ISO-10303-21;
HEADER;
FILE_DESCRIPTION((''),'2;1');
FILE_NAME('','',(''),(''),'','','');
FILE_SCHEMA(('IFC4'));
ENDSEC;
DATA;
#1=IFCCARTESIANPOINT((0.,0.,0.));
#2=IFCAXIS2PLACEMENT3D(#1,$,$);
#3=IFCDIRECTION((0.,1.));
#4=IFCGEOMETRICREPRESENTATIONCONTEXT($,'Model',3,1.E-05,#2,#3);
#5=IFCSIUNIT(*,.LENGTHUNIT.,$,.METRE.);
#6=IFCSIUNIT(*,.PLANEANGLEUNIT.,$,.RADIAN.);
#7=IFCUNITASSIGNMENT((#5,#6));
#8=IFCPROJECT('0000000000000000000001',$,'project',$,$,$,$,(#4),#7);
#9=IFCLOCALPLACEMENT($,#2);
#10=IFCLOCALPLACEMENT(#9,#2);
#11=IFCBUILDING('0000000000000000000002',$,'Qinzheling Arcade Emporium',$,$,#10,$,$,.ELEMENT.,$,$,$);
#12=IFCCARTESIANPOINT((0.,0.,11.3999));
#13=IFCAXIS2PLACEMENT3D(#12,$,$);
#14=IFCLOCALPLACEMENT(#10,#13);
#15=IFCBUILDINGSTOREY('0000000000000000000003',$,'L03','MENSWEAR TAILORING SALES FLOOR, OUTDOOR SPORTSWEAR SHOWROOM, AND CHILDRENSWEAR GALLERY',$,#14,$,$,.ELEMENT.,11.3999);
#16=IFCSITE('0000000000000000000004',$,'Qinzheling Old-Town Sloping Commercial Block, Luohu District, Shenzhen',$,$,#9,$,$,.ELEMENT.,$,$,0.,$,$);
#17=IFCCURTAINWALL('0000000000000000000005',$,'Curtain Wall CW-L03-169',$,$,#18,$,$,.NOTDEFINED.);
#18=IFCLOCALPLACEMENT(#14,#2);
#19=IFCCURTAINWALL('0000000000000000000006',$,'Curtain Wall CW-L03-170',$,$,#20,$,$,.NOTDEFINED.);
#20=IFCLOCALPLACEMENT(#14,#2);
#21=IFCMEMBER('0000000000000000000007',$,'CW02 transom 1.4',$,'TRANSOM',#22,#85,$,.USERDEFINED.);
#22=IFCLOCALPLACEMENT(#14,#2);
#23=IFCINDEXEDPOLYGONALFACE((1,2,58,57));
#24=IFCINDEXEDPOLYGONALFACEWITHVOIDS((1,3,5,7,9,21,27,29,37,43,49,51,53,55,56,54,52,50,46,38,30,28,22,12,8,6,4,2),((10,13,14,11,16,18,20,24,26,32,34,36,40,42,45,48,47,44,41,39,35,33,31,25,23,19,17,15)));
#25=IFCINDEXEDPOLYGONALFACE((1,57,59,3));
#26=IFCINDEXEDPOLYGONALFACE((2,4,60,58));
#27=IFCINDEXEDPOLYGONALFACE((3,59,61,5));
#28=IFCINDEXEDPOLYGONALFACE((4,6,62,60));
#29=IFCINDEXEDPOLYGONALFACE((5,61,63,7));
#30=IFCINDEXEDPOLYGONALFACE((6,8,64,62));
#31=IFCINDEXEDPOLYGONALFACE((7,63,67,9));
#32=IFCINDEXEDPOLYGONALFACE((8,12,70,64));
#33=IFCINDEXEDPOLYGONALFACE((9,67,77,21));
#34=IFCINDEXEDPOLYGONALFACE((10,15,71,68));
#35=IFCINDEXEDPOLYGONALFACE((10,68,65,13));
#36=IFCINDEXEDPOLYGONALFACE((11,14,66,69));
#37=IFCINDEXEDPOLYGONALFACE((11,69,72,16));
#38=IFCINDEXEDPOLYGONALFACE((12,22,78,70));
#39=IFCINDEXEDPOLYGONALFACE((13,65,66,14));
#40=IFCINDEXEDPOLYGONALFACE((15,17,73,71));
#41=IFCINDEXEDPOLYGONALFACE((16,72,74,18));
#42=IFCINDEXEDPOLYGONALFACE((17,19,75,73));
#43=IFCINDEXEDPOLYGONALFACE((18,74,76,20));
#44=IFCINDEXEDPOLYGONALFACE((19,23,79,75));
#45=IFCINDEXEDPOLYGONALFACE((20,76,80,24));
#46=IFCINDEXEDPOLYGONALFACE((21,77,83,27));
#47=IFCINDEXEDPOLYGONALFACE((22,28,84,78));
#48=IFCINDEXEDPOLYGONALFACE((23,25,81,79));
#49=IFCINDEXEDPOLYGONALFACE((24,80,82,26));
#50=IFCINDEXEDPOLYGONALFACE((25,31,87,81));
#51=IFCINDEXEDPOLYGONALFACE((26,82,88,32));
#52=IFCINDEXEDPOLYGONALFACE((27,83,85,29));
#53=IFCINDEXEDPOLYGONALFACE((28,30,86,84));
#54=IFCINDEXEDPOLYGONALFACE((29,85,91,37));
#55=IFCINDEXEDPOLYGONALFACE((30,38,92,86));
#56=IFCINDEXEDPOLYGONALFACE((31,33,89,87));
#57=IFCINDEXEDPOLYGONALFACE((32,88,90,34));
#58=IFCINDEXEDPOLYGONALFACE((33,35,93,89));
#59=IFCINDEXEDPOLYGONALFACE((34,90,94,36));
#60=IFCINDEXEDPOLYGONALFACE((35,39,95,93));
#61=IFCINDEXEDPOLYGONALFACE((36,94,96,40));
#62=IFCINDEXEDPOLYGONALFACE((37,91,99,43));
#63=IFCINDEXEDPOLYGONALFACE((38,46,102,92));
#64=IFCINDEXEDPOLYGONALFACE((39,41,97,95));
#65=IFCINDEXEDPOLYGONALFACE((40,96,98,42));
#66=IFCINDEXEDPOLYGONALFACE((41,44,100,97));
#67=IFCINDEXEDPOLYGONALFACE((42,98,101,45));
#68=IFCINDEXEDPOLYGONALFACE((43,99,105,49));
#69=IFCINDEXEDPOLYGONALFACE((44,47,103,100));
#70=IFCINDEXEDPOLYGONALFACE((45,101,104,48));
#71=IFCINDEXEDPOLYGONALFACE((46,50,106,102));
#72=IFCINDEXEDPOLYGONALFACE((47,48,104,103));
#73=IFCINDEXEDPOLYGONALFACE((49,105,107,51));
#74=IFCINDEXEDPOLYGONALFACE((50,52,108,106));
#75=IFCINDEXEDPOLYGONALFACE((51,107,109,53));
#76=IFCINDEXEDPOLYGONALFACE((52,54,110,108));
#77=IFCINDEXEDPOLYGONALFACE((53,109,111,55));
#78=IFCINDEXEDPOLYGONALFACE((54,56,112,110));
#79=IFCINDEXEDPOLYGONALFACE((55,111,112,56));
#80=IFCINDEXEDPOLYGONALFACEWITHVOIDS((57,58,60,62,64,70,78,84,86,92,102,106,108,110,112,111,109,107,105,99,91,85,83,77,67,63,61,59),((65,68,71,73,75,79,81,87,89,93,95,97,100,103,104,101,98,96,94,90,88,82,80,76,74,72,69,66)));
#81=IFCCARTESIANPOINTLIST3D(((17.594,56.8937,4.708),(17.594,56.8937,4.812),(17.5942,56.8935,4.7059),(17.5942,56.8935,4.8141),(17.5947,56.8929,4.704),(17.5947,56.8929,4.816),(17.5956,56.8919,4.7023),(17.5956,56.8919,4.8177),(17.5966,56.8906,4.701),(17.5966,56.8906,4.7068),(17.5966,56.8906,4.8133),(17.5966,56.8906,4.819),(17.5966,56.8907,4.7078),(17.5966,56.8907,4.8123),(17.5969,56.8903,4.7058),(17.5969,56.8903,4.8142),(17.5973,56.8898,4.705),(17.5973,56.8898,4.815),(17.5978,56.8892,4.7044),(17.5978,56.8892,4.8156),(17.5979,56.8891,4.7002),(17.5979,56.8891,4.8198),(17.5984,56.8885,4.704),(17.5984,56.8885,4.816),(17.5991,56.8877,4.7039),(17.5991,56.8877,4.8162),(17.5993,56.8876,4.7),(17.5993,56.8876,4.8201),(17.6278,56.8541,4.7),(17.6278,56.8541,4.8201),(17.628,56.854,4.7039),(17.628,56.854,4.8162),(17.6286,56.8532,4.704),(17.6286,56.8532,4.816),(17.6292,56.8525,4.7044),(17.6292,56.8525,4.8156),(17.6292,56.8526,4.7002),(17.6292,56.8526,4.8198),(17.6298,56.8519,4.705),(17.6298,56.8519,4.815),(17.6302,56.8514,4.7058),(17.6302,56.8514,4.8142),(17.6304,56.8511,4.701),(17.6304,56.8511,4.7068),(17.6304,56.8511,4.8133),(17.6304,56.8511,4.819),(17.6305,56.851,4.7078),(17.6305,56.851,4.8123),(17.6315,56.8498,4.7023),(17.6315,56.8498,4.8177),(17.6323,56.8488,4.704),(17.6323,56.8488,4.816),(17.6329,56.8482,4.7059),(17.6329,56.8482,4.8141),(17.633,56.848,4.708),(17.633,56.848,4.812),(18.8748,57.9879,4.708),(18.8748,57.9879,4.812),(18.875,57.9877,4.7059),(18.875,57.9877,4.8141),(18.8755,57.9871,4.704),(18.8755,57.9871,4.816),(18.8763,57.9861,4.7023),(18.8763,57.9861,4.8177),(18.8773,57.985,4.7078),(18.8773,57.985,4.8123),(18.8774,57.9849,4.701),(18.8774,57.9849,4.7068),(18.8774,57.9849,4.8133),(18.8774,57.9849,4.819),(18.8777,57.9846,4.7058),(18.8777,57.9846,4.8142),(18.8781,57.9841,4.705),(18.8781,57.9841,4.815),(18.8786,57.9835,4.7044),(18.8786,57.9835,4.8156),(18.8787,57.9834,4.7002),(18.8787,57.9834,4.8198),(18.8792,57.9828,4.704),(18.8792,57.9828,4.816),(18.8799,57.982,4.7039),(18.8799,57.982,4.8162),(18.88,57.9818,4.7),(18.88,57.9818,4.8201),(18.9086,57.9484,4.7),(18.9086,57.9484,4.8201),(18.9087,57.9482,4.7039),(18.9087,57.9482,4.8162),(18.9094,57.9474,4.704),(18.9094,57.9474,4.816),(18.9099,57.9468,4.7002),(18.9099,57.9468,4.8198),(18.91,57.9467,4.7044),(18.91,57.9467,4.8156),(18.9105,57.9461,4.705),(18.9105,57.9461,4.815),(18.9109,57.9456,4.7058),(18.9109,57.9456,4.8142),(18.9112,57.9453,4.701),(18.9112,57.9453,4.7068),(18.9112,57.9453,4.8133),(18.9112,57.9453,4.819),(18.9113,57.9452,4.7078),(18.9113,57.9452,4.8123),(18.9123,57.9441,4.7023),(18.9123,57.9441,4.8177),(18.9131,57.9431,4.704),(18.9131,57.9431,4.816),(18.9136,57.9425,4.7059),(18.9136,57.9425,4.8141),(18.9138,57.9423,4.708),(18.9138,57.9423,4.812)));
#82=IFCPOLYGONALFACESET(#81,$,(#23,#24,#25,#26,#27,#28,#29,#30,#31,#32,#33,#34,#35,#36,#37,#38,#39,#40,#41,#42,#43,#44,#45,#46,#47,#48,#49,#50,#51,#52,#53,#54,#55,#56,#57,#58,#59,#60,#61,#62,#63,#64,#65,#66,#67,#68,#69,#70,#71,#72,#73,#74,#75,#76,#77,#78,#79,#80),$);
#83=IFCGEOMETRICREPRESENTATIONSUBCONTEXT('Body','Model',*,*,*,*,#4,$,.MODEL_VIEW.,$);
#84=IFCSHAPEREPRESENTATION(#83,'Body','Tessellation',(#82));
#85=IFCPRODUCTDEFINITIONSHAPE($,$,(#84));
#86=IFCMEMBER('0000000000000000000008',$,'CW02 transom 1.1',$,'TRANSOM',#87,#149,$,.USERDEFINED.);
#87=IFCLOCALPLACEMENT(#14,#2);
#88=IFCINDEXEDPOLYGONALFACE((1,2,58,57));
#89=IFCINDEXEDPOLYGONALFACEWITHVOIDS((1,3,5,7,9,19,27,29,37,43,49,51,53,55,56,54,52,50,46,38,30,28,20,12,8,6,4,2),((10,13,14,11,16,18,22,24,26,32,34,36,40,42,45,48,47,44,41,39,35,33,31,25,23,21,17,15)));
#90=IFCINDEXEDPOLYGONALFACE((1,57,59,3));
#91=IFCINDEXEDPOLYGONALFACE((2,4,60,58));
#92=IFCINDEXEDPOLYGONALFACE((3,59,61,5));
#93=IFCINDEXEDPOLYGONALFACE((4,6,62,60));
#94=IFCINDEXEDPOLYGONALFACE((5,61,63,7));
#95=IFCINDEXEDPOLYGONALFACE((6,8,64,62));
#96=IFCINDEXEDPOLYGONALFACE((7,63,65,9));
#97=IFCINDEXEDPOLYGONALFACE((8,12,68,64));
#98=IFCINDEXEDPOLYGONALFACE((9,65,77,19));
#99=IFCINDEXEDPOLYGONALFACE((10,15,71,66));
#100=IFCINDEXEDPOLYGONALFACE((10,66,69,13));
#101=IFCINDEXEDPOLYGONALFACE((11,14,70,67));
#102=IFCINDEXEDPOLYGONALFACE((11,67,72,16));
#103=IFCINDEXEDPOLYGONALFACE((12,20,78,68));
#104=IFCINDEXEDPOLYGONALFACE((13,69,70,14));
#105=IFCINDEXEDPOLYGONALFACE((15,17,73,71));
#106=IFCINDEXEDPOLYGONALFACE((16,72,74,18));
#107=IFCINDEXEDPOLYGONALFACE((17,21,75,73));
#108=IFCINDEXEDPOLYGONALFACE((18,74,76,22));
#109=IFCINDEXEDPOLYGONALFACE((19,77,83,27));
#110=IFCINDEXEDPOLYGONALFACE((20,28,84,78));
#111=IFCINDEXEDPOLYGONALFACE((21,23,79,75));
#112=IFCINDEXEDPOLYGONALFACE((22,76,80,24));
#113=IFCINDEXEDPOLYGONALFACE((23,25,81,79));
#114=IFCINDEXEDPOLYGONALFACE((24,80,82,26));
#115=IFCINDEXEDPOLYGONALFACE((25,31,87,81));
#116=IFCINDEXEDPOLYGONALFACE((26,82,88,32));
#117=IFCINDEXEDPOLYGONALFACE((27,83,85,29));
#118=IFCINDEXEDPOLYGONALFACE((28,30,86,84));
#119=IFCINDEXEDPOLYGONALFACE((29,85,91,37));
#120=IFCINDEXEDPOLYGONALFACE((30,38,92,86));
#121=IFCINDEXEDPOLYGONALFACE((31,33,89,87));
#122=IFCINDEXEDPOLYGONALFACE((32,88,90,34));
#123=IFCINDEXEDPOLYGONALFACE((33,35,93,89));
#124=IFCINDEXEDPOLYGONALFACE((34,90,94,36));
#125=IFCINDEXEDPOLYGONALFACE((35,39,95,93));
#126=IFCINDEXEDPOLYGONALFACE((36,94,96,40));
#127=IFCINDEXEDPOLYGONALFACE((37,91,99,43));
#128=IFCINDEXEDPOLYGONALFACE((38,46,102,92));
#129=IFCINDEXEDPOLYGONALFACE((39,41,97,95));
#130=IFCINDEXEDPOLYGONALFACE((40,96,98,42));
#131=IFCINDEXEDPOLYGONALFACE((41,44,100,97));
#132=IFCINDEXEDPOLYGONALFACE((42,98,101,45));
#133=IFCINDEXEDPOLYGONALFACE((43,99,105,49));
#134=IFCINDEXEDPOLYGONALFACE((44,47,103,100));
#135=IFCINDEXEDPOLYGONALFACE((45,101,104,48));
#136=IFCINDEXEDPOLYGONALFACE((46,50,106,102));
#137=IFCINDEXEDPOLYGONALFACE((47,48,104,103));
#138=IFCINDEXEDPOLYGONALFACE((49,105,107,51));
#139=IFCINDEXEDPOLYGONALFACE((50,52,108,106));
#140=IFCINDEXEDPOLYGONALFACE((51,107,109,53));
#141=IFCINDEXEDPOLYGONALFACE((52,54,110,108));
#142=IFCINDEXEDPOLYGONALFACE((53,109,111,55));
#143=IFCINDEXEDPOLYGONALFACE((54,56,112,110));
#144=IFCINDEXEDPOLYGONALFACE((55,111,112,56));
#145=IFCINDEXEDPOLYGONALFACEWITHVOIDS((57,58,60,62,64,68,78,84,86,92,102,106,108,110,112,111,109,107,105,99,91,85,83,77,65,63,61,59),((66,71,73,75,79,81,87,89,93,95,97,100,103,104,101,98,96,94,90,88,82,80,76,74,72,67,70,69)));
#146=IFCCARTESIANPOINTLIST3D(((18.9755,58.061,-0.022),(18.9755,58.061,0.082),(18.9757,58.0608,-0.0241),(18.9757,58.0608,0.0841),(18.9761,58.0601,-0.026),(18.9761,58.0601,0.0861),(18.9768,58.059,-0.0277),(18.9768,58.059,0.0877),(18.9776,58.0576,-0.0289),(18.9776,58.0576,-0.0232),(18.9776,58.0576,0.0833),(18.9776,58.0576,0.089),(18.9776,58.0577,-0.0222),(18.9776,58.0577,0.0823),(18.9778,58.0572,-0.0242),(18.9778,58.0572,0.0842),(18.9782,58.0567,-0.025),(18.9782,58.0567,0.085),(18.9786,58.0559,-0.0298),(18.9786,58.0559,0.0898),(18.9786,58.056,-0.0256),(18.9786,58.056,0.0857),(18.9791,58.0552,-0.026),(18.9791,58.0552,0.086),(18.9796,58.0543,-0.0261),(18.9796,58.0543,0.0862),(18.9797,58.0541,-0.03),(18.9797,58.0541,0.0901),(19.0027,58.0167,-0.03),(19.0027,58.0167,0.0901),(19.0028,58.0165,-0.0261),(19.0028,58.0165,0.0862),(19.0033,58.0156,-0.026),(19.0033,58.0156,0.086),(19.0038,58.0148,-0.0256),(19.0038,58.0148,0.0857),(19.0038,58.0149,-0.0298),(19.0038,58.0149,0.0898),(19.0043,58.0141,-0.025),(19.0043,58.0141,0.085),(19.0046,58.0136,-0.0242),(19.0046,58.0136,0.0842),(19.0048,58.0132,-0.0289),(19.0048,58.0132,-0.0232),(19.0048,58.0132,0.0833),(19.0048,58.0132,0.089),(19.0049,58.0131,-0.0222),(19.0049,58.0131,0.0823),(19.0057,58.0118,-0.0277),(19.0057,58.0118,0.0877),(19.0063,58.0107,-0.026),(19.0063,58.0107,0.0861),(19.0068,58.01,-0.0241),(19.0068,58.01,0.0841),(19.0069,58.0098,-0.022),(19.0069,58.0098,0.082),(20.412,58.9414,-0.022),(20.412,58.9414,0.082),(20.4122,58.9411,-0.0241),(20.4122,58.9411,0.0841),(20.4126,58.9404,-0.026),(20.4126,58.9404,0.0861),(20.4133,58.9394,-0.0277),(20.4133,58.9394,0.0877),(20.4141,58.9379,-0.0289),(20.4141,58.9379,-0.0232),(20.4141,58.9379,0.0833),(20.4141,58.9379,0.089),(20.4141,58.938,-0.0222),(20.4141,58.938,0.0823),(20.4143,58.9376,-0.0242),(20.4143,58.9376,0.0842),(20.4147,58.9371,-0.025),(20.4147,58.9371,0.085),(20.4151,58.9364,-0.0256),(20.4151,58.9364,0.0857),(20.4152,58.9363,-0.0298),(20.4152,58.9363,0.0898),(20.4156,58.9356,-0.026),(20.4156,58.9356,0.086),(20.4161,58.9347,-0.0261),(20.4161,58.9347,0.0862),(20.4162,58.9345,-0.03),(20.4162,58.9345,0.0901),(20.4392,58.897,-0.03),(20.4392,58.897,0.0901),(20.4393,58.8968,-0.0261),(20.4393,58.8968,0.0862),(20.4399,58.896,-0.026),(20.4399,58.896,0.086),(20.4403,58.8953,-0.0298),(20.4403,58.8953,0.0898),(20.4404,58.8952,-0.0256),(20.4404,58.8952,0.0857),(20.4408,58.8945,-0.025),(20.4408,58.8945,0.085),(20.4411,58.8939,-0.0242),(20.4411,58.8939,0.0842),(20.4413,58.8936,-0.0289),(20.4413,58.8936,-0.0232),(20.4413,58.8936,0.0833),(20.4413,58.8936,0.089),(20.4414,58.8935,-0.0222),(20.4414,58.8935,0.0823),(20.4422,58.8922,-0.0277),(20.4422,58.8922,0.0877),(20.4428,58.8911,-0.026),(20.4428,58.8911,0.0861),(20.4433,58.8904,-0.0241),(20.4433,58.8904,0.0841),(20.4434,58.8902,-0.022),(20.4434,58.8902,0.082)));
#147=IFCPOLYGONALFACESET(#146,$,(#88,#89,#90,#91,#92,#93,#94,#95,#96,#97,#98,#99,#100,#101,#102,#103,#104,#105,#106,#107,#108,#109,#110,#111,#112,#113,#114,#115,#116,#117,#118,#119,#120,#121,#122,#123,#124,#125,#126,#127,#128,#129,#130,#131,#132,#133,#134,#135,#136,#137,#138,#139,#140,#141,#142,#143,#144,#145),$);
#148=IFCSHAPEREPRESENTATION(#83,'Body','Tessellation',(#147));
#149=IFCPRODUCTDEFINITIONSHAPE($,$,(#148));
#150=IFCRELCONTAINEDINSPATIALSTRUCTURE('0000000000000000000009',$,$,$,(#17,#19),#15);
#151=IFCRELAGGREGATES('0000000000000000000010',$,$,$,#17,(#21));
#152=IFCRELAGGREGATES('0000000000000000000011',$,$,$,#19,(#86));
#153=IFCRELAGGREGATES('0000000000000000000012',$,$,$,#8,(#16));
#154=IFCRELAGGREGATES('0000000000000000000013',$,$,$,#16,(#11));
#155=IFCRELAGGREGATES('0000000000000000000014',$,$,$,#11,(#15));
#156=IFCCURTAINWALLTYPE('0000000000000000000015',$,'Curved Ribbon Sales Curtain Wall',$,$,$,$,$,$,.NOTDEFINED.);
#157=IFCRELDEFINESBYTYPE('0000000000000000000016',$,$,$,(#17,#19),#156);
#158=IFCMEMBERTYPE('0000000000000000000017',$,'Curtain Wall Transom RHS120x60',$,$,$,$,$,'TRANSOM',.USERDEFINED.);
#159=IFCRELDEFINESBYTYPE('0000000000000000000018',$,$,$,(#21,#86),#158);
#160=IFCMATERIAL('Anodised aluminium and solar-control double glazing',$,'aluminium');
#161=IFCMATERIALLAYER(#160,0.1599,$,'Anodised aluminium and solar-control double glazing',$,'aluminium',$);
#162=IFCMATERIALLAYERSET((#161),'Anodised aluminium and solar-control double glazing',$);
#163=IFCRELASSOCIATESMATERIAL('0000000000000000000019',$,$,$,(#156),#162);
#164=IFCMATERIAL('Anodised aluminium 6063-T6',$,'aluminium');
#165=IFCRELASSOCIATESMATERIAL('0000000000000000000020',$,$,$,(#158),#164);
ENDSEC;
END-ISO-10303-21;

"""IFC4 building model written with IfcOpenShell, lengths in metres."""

from ifc_helpers import new_model, si_unit, direction, frame, origin, origin_2d, place, context, subcontext, project, spatial, hollow_rectangle, extrude, material, layer, layer_set, material_profile, profile_set, type_object, element, aggregate, save


model = new_model("IFC4")

# Units and contexts
model_context = context("Model", 3, precision=1e-05, world=origin(), true_north=direction((0.0, 1.0)))
body_context = subcontext(model_context, "Body", "Model", "MODEL_VIEW")
ifc_project = project(units=[si_unit("LENGTHUNIT", "METRE"), si_unit("PLANEANGLEUNIT", "RADIAN")], contexts=[model_context])

# Site, building, storey
site_placement = place(None, origin())
site = spatial("IfcSite", under=ifc_project, at=site_placement, Name="Qinzheling Old-Town Sloping Commercial Block, Luohu District, Shenzhen", CompositionType="ELEMENT", RefElevation=0.0)
building_placement = place(site_placement, origin())
building = spatial("IfcBuilding", under=site, at=building_placement, Name="Qinzheling Arcade Emporium", CompositionType="ELEMENT")
storey_placement = place(building_placement, frame((0.0, 0.0, 11.3999)))
storey = spatial("IfcBuildingStorey", under=building, at=storey_placement, Name="L03", Description="MENSWEAR TAILORING SALES FLOOR, OUTDOOR SPORTSWEAR SHOWROOM, AND CHILDRENSWEAR GALLERY", CompositionType="ELEMENT", Elevation=11.3999)

# Shared definitions
ifc_material_1 = material(Name="Anodised aluminium and solar-control double glazing", Category="aluminium")
ifc_layer_1 = layer(ifc_material_1, 0.1599, Name="Anodised aluminium and solar-control double glazing", Category="aluminium")
ifc_layer_set_1 = layer_set([ifc_layer_1], Name="Anodised aluminium and solar-control double glazing")
curtain_wall_type = type_object("IfcCurtainWallType", Name="Curved Ribbon Sales Curtain Wall", PredefinedType="NOTDEFINED", material=ifc_layer_set_1)
ifc_material_2 = material(Name="Anodised aluminium 6063-T6", Category="aluminium")

# Curtain wall
curtain_wall_1_placement = place(storey_placement, origin())
curtain_wall_1 = element("IfcCurtainWall", 1, at=curtain_wall_1_placement, inside=storey, type_object=curtain_wall_type, Name="Curtain Wall CW-L03-169", PredefinedType="NOTDEFINED")

# Curtain wall
curtain_wall_2_placement = place(storey_placement, origin())
curtain_wall_2 = element("IfcCurtainWall", 2, at=curtain_wall_2_placement, inside=storey, type_object=curtain_wall_type, Name="Curtain Wall CW-L03-170", PredefinedType="NOTDEFINED")

# Members
ifc_material_profile_1 = material_profile(ifc_material_2, hollow_rectangle(XDim=0.0601, YDim=0.1201, WallThickness=0.0039, InnerFilletRadius=0.0039, OuterFilletRadius=0.0081, at=origin_2d()), Name="RHS 120x60x4", Category="aluminium")
ifc_profile_set_1 = profile_set([ifc_material_profile_1], Name="Anodised aluminium 6063-T6")
member_type_1 = type_object("IfcMemberType", Name="Curtain Wall Transom RHS120x60", ElementType="TRANSOM", PredefinedType="USERDEFINED", material=ifc_profile_set_1)
member_1_placement = place(storey_placement, frame((17.6135, 56.8708, 4.76), z_axis=(0.760299, 0.649573, 0.0), x_axis=(-0.649573, 0.760299, 0.0)))
member_1 = element("IfcMember", 3, at=member_1_placement, type_object=member_type_1, Name="CW02 transom 1.4", ObjectType="TRANSOM", PredefinedType="USERDEFINED", context=body_context, shape_type="SweptSolid", body=[
    extrude(hollow_rectangle(XDim=0.0601, YDim=0.1201, WallThickness=0.0039, InnerFilletRadius=0.0039, OuterFilletRadius=0.0081, at=origin_2d()), origin(), (0.0, 0.0, 1.0), 1.6846),
])
member_2_placement = place(storey_placement, frame((18.9912, 58.0354, 0.03), z_axis=(0.852622, 0.522528, 0.0), x_axis=(-0.522528, 0.852622, 0.0)))
member_2 = element("IfcMember", 4, at=member_2_placement, type_object=member_type_1, Name="CW02 transom 1.1", ObjectType="TRANSOM", PredefinedType="USERDEFINED", context=body_context, shape_type="SweptSolid", body=[
    extrude(hollow_rectangle(XDim=0.0601, YDim=0.1201, WallThickness=0.0039, InnerFilletRadius=0.0039, OuterFilletRadius=0.0081, at=origin_2d()), origin(), (0.0, 0.0, 1.0), 1.6848),
])

aggregate(curtain_wall_1, [member_1])
aggregate(curtain_wall_2, [member_2])

save(model, "model.ifc")
